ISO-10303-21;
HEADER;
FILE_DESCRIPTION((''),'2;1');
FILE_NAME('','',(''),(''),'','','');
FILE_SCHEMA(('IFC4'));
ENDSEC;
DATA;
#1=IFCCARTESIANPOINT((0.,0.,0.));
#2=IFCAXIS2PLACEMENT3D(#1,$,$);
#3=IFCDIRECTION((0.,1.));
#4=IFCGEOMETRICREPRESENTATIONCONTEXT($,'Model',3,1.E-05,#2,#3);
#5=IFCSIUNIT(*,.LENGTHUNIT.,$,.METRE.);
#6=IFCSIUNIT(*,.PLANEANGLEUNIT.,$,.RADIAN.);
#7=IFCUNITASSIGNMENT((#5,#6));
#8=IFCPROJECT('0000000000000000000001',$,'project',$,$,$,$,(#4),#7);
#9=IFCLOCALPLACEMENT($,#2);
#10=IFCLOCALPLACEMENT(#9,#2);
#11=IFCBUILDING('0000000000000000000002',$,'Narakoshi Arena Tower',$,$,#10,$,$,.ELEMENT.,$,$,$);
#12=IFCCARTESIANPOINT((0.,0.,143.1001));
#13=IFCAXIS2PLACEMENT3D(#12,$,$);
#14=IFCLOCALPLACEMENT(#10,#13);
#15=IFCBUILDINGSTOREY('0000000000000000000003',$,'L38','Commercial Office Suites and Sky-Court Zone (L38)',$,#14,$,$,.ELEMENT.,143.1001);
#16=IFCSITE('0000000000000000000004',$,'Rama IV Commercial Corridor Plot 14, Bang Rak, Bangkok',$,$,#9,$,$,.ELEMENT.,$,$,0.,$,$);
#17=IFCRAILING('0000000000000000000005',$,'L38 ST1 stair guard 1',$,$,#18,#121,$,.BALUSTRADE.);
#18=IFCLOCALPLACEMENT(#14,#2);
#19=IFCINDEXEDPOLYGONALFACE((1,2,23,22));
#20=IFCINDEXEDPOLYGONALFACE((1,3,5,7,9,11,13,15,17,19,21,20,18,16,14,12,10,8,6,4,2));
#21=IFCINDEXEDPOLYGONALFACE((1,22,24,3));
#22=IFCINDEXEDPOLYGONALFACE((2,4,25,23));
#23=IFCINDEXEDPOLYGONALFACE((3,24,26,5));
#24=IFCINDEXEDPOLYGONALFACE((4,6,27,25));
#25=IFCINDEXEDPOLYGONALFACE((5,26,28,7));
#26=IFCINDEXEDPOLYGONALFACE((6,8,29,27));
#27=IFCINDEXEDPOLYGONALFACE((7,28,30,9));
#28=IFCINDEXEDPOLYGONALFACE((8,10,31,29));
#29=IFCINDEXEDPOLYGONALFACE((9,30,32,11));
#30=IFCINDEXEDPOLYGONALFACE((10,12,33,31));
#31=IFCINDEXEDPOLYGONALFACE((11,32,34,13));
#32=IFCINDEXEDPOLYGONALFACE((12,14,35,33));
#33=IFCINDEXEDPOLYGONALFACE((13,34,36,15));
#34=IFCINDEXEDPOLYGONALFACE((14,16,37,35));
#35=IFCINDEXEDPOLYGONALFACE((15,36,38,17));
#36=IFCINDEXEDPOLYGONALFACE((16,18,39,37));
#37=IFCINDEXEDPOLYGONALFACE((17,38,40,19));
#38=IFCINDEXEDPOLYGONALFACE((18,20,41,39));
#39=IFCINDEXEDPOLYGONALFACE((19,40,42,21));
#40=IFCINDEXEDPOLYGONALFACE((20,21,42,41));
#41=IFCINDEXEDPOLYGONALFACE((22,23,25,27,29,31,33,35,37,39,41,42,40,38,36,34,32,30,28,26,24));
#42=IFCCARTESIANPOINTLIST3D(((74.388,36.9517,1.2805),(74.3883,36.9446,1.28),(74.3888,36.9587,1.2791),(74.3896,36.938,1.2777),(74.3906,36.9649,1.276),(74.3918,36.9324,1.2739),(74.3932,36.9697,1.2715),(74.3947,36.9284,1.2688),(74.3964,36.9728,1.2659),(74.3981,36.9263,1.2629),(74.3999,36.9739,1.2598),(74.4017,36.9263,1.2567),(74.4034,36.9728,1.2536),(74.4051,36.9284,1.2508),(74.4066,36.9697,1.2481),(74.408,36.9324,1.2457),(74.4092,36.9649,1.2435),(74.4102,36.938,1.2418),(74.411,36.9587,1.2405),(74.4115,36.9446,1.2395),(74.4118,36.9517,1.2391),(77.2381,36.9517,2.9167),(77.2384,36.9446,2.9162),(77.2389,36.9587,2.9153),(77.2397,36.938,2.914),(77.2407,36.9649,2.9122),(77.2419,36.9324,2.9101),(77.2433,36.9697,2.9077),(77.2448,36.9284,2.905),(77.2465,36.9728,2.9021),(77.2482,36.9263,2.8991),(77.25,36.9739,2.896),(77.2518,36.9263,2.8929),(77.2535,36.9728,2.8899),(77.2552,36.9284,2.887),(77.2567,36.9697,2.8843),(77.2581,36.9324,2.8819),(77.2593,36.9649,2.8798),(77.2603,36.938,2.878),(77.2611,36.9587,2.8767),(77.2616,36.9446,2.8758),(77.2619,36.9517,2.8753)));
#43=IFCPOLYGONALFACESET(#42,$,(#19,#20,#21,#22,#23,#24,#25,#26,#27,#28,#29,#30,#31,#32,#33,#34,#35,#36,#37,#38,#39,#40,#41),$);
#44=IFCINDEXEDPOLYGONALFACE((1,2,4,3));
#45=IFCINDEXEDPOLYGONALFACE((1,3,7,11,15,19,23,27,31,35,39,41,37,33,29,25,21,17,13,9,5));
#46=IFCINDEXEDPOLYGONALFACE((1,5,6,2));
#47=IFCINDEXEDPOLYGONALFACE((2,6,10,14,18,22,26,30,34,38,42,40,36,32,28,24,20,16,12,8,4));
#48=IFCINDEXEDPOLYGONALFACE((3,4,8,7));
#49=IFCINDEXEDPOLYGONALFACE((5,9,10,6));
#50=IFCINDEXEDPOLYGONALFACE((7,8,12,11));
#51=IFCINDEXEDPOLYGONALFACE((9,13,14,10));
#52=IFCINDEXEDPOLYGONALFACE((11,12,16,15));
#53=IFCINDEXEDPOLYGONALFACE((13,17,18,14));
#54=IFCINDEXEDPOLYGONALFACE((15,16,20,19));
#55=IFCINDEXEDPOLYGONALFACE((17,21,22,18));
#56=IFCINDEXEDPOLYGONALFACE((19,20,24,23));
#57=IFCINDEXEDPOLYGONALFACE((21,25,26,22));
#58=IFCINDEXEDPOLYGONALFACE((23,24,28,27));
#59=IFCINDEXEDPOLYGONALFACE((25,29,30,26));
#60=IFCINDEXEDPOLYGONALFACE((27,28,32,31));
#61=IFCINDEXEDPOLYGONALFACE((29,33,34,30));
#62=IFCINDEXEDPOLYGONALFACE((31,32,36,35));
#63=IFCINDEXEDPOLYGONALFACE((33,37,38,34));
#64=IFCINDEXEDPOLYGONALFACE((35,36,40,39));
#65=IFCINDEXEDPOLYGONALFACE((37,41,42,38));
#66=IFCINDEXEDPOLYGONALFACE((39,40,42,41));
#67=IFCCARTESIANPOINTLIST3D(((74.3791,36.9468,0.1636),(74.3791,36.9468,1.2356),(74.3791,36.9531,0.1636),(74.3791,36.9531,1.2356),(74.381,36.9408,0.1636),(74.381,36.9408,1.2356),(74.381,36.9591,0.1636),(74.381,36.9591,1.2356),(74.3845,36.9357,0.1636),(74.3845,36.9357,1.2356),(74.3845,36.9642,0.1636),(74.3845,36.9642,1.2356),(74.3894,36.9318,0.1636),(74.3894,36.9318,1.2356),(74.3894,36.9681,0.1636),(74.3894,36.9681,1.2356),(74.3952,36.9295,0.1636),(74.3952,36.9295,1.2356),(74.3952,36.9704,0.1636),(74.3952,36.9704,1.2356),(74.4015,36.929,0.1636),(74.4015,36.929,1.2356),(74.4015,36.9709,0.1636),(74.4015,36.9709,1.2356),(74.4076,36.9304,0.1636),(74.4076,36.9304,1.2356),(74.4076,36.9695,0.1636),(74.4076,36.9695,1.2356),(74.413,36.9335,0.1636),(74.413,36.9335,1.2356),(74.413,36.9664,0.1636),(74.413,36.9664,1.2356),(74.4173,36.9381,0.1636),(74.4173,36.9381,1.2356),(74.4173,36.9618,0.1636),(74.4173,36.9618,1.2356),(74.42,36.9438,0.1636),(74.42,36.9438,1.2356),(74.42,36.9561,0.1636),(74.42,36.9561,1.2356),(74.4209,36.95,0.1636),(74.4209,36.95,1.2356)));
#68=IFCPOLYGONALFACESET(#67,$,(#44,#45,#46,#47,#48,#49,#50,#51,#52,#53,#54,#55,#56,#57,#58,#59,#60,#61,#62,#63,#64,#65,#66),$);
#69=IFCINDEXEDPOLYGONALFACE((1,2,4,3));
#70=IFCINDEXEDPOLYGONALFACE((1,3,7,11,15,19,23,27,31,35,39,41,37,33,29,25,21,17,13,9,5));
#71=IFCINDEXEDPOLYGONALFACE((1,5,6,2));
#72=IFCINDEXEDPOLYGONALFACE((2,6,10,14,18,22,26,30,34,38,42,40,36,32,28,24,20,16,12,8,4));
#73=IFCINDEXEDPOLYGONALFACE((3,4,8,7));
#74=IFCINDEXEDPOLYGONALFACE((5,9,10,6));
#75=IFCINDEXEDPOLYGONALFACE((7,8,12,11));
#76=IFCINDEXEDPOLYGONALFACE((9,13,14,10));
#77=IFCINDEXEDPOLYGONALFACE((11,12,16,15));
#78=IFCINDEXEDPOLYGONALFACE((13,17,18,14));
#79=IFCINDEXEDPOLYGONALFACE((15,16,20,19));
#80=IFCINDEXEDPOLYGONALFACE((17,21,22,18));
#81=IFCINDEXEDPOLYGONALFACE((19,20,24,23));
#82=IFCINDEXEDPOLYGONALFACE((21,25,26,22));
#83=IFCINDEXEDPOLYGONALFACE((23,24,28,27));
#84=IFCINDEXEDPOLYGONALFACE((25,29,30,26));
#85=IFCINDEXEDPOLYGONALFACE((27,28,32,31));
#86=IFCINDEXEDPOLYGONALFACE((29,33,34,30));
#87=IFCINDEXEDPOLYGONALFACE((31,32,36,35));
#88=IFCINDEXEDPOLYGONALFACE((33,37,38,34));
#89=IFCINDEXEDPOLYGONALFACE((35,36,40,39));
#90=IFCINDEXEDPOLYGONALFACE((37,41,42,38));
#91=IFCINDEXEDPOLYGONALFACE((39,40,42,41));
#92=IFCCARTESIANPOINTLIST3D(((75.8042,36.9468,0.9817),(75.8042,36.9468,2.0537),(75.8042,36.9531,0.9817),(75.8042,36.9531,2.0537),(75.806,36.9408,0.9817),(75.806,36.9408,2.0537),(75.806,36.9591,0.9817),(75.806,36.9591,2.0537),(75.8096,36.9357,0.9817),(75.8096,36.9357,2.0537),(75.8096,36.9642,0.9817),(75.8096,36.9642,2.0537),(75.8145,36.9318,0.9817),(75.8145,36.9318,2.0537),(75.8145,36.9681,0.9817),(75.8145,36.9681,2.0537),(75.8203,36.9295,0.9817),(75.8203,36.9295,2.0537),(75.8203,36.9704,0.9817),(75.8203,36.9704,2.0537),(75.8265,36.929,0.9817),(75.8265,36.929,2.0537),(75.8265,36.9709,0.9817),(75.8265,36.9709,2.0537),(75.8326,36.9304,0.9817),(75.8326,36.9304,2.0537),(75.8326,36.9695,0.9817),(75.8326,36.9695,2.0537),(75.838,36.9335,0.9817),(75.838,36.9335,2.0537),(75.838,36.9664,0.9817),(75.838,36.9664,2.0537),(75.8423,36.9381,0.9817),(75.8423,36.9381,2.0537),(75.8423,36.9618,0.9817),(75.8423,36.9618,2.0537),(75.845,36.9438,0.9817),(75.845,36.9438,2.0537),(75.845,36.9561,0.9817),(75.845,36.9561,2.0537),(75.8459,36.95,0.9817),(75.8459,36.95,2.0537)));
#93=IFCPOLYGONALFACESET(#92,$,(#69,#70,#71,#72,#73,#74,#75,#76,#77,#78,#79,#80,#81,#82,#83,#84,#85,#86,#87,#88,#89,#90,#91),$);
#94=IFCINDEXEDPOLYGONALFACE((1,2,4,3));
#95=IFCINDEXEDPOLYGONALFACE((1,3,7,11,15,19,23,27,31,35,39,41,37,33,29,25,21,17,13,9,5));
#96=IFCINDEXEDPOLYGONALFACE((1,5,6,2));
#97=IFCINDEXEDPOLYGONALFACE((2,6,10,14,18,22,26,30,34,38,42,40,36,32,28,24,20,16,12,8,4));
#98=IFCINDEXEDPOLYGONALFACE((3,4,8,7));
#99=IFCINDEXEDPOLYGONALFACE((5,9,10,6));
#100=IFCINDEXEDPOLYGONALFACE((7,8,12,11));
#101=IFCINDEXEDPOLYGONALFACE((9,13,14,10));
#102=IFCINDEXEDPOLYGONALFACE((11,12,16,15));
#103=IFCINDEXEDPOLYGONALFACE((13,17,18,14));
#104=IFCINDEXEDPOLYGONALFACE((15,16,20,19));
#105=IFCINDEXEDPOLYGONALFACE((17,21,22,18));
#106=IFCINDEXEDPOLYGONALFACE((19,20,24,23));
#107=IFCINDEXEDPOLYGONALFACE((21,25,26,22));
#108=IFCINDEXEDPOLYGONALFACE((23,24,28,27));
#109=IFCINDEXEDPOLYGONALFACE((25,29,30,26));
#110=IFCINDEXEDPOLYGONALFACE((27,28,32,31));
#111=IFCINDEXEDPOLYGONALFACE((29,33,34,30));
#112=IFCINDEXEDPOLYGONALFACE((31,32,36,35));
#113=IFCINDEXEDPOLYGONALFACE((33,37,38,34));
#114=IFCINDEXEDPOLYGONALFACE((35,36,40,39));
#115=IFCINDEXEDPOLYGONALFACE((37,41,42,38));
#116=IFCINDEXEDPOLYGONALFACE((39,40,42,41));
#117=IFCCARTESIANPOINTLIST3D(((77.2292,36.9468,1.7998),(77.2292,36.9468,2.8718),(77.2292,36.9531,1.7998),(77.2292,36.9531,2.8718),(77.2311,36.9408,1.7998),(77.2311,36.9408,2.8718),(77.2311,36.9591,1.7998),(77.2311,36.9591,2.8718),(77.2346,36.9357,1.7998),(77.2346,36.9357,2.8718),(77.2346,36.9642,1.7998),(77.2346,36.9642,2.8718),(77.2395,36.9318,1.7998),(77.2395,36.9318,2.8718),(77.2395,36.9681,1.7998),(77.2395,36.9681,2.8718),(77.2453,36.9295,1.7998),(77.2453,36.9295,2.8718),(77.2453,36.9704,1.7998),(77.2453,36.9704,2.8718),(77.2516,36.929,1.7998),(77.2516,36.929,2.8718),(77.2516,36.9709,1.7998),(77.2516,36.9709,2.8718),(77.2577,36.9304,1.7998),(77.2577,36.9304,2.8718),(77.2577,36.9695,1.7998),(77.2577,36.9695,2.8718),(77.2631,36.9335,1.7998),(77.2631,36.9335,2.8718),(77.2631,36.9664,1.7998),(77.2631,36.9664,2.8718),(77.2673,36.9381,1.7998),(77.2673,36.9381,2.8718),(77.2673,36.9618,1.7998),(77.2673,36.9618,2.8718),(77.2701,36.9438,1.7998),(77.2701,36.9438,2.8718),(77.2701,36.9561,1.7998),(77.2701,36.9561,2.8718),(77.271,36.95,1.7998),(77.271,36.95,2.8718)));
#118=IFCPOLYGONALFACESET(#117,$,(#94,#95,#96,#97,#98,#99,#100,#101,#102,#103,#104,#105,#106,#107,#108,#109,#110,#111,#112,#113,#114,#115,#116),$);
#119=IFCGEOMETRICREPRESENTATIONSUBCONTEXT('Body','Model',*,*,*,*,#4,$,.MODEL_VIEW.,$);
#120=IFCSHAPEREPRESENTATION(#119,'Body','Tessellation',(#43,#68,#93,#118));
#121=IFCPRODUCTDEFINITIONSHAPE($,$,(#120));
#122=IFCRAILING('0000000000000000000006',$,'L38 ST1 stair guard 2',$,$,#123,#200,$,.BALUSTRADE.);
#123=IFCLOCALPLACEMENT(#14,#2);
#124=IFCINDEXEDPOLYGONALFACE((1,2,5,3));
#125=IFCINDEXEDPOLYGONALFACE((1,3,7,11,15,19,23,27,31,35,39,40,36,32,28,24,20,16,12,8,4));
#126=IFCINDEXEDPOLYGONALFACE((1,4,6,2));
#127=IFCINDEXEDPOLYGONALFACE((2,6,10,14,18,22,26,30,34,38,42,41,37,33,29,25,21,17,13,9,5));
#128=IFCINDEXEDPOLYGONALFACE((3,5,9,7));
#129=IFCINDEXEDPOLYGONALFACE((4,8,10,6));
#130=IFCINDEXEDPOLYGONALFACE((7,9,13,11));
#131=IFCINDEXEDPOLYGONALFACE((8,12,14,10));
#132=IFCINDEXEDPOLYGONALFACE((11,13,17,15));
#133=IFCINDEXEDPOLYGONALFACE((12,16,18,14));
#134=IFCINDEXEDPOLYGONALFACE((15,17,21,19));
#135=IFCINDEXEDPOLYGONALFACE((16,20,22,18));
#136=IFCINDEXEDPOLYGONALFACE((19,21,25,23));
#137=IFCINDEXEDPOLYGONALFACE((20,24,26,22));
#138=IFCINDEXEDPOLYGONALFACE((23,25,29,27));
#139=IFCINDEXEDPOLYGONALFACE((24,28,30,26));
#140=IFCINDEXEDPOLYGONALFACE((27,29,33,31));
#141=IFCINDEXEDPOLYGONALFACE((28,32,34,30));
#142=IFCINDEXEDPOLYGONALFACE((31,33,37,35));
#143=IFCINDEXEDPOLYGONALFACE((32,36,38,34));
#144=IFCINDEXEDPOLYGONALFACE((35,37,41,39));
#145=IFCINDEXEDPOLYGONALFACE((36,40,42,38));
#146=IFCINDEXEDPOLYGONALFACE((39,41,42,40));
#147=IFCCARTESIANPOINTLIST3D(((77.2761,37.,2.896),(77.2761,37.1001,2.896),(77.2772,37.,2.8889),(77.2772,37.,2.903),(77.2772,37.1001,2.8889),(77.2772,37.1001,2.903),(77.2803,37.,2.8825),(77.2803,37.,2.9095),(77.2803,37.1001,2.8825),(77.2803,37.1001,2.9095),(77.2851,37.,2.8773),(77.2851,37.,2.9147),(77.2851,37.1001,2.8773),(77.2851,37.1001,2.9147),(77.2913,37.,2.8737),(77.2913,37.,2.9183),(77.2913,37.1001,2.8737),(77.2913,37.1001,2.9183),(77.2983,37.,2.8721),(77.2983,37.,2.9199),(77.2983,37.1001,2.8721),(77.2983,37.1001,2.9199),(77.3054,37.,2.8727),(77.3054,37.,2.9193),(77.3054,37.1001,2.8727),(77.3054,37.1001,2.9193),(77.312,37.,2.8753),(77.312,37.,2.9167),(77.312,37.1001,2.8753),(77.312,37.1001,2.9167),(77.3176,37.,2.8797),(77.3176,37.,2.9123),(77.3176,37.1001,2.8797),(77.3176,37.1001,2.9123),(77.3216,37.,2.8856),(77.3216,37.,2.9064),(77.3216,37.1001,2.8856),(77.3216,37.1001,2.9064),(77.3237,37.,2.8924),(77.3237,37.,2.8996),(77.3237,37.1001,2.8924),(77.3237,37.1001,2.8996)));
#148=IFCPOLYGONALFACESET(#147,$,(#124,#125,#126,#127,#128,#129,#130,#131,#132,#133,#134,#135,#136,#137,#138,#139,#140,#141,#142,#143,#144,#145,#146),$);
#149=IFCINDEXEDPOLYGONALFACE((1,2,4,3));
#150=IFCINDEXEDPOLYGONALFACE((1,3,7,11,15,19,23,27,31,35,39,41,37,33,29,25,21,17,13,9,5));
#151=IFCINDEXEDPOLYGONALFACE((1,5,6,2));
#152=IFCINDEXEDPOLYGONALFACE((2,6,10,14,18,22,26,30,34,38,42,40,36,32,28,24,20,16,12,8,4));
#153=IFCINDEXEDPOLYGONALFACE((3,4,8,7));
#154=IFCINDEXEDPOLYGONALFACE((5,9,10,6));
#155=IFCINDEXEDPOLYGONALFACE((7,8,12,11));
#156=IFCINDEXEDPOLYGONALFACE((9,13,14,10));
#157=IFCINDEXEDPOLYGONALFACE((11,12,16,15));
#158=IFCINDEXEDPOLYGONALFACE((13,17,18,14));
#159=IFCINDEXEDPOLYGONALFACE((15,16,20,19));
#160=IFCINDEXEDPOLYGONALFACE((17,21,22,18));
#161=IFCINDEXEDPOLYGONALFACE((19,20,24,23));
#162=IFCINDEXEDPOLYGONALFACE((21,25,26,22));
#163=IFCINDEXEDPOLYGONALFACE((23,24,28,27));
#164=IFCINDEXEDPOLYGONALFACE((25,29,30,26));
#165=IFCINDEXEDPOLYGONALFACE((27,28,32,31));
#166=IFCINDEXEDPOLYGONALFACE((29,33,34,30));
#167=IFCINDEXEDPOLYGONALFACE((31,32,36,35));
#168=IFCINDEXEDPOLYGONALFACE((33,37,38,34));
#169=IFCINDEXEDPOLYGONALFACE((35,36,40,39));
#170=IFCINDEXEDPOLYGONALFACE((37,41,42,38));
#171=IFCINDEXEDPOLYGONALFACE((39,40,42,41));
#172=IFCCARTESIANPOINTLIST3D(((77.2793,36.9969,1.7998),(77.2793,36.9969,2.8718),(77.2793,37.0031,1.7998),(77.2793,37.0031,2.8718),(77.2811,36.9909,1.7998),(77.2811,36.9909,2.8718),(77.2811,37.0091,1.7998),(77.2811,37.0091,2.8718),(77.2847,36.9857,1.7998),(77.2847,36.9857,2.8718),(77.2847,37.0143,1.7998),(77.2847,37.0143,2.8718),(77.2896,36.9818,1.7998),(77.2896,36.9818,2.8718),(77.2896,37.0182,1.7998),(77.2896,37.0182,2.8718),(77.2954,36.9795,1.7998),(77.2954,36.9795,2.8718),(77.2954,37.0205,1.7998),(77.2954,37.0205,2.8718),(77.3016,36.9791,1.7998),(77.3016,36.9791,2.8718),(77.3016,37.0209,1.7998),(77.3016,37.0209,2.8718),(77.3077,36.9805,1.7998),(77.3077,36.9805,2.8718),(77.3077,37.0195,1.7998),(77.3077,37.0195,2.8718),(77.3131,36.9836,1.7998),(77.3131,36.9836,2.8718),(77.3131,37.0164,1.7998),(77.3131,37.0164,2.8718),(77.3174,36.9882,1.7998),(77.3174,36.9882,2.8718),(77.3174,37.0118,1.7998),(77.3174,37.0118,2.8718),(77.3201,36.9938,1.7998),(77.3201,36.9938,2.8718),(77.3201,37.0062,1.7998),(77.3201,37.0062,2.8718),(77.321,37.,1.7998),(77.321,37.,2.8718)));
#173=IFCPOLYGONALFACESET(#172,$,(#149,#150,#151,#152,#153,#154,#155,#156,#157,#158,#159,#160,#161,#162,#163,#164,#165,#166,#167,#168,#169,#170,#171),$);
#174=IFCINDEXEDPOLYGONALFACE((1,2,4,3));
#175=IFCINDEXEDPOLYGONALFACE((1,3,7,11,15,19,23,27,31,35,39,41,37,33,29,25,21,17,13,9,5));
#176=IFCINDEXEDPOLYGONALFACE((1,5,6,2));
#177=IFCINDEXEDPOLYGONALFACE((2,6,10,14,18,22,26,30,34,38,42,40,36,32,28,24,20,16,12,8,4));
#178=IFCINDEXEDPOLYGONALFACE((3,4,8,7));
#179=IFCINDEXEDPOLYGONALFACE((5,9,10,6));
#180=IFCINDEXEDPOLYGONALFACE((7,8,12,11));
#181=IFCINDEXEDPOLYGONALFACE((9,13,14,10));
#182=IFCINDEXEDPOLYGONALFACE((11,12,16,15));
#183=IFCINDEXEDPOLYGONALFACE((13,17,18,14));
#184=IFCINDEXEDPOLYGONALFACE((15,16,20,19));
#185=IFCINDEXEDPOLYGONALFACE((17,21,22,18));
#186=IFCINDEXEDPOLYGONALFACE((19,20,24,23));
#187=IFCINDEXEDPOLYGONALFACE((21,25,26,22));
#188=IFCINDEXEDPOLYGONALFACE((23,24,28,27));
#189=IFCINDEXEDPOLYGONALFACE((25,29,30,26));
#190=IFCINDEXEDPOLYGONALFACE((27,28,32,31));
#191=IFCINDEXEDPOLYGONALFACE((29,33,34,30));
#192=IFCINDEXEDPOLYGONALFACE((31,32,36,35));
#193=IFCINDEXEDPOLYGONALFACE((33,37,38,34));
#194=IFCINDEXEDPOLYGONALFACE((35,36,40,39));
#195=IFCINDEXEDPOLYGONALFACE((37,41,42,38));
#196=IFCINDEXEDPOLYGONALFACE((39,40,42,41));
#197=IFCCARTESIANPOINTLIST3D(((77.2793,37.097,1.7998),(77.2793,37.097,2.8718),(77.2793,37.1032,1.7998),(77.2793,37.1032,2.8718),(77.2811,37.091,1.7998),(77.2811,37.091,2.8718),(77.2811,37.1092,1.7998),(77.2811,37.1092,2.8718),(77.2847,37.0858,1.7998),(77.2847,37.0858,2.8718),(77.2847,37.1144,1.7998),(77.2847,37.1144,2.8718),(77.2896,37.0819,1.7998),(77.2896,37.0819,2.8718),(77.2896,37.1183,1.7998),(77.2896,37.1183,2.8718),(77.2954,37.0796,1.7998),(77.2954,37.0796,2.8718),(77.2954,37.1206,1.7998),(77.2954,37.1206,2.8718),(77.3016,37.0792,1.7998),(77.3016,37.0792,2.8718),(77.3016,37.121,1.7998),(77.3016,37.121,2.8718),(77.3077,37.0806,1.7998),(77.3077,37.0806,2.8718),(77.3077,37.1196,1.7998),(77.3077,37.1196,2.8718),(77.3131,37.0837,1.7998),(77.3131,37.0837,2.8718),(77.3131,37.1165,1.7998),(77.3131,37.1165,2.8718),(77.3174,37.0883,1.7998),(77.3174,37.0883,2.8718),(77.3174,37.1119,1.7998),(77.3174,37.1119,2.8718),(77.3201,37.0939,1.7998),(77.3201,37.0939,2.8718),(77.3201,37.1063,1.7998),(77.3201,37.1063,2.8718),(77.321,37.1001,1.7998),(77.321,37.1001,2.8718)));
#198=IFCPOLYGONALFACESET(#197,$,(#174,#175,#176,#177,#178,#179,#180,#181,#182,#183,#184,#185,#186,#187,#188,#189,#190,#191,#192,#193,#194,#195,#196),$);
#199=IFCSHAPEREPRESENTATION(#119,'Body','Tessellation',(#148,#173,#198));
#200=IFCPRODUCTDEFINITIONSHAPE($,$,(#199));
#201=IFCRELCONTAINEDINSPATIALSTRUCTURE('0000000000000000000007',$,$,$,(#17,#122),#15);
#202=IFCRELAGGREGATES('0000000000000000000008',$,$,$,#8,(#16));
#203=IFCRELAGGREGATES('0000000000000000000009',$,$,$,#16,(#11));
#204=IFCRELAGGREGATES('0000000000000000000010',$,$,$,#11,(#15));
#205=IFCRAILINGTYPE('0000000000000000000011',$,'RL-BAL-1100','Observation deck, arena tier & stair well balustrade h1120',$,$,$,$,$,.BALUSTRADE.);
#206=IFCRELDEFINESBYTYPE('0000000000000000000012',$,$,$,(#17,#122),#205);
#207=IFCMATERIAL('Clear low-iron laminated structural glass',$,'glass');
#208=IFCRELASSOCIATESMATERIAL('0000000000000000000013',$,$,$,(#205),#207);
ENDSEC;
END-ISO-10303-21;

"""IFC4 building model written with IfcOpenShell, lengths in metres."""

from ifc_helpers import new_model, si_unit, direction, frame, origin, origin_2d, place, context, subcontext, project, spatial, circle, extrude, material, type_object, element, save


model = new_model("IFC4")

# Units and contexts
model_context = context("Model", 3, precision=1e-05, world=origin(), true_north=direction((0.0, 1.0)))
body_context = subcontext(model_context, "Body", "Model", "MODEL_VIEW")
ifc_project = project(units=[si_unit("LENGTHUNIT", "METRE"), si_unit("PLANEANGLEUNIT", "RADIAN")], contexts=[model_context])

# Site, building, storey
site_placement = place(None, origin())
site = spatial("IfcSite", under=ifc_project, at=site_placement, Name="Rama IV Commercial Corridor Plot 14, Bang Rak, Bangkok", CompositionType="ELEMENT", RefElevation=0.0)
building_placement = place(site_placement, origin())
building = spatial("IfcBuilding", under=site, at=building_placement, Name="Narakoshi Arena Tower", CompositionType="ELEMENT")
storey_placement = place(building_placement, frame((0.0, 0.0, 143.1001)))
storey = spatial("IfcBuildingStorey", under=building, at=storey_placement, Name="L38", Description="Commercial Office Suites and Sky-Court Zone (L38)", CompositionType="ELEMENT", Elevation=143.1001)

# Railings
ifc_material_1 = material(Name="Clear low-iron laminated structural glass", Category="glass")
railing_type_1 = type_object("IfcRailingType", Name="RL-BAL-1100", Description="Observation deck, arena tier & stair well balustrade h1120", PredefinedType="BALUSTRADE", material=ifc_material_1)
railing_1_placement = place(storey_placement, frame((74.3999, 36.95, 0.1636)))
element("IfcRailing", 1, at=railing_1_placement, inside=storey, type_object=railing_type_1, Name="L38 ST1 stair guard 1", PredefinedType="BALUSTRADE", context=body_context, shape_type="SweptSolid", body=[
    extrude(circle(Radius=0.0239, at=origin_2d()), frame((0.0, 0.0, 1.0962), z_axis=(0.867245, 0.0, 0.497882), x_axis=(0.0, 1.0, 0.0)), (0.0, 0.0, 1.0), 3.2864),
    extrude(circle(Radius=0.021, at=origin_2d()), origin(), (0.0, 0.0, 1.0), 1.072),
    extrude(circle(Radius=0.021, at=origin_2d()), frame((1.425, 0.0, 0.8181)), (0.0, 0.0, 1.0), 1.072),
    extrude(circle(Radius=0.021, at=origin_2d()), frame((2.8501, 0.0, 1.6362)), (0.0, 0.0, 1.0), 1.072),
])
railing_2_placement = place(storey_placement, frame((77.3, 37.0, 1.7998)))
element("IfcRailing", 2, at=railing_2_placement, inside=storey, type_object=railing_type_1, Name="L38 ST1 stair guard 2", PredefinedType="BALUSTRADE", context=body_context, shape_type="SweptSolid", body=[
    extrude(circle(Radius=0.0239, at=origin_2d()), frame((0.0, 0.0, 1.0962), z_axis=(0.0, 1.0, 0.0), x_axis=(-1.0, 0.0, 0.0)), (0.0, 0.0, 1.0), 0.1001),
    extrude(circle(Radius=0.021, at=origin_2d()), origin(), (0.0, 0.0, 1.0), 1.072),
    extrude(circle(Radius=0.021, at=origin_2d()), frame((0.0, 0.1001, 0.0)), (0.0, 0.0, 1.0), 1.072),
])

save(model, "model.ifc")
